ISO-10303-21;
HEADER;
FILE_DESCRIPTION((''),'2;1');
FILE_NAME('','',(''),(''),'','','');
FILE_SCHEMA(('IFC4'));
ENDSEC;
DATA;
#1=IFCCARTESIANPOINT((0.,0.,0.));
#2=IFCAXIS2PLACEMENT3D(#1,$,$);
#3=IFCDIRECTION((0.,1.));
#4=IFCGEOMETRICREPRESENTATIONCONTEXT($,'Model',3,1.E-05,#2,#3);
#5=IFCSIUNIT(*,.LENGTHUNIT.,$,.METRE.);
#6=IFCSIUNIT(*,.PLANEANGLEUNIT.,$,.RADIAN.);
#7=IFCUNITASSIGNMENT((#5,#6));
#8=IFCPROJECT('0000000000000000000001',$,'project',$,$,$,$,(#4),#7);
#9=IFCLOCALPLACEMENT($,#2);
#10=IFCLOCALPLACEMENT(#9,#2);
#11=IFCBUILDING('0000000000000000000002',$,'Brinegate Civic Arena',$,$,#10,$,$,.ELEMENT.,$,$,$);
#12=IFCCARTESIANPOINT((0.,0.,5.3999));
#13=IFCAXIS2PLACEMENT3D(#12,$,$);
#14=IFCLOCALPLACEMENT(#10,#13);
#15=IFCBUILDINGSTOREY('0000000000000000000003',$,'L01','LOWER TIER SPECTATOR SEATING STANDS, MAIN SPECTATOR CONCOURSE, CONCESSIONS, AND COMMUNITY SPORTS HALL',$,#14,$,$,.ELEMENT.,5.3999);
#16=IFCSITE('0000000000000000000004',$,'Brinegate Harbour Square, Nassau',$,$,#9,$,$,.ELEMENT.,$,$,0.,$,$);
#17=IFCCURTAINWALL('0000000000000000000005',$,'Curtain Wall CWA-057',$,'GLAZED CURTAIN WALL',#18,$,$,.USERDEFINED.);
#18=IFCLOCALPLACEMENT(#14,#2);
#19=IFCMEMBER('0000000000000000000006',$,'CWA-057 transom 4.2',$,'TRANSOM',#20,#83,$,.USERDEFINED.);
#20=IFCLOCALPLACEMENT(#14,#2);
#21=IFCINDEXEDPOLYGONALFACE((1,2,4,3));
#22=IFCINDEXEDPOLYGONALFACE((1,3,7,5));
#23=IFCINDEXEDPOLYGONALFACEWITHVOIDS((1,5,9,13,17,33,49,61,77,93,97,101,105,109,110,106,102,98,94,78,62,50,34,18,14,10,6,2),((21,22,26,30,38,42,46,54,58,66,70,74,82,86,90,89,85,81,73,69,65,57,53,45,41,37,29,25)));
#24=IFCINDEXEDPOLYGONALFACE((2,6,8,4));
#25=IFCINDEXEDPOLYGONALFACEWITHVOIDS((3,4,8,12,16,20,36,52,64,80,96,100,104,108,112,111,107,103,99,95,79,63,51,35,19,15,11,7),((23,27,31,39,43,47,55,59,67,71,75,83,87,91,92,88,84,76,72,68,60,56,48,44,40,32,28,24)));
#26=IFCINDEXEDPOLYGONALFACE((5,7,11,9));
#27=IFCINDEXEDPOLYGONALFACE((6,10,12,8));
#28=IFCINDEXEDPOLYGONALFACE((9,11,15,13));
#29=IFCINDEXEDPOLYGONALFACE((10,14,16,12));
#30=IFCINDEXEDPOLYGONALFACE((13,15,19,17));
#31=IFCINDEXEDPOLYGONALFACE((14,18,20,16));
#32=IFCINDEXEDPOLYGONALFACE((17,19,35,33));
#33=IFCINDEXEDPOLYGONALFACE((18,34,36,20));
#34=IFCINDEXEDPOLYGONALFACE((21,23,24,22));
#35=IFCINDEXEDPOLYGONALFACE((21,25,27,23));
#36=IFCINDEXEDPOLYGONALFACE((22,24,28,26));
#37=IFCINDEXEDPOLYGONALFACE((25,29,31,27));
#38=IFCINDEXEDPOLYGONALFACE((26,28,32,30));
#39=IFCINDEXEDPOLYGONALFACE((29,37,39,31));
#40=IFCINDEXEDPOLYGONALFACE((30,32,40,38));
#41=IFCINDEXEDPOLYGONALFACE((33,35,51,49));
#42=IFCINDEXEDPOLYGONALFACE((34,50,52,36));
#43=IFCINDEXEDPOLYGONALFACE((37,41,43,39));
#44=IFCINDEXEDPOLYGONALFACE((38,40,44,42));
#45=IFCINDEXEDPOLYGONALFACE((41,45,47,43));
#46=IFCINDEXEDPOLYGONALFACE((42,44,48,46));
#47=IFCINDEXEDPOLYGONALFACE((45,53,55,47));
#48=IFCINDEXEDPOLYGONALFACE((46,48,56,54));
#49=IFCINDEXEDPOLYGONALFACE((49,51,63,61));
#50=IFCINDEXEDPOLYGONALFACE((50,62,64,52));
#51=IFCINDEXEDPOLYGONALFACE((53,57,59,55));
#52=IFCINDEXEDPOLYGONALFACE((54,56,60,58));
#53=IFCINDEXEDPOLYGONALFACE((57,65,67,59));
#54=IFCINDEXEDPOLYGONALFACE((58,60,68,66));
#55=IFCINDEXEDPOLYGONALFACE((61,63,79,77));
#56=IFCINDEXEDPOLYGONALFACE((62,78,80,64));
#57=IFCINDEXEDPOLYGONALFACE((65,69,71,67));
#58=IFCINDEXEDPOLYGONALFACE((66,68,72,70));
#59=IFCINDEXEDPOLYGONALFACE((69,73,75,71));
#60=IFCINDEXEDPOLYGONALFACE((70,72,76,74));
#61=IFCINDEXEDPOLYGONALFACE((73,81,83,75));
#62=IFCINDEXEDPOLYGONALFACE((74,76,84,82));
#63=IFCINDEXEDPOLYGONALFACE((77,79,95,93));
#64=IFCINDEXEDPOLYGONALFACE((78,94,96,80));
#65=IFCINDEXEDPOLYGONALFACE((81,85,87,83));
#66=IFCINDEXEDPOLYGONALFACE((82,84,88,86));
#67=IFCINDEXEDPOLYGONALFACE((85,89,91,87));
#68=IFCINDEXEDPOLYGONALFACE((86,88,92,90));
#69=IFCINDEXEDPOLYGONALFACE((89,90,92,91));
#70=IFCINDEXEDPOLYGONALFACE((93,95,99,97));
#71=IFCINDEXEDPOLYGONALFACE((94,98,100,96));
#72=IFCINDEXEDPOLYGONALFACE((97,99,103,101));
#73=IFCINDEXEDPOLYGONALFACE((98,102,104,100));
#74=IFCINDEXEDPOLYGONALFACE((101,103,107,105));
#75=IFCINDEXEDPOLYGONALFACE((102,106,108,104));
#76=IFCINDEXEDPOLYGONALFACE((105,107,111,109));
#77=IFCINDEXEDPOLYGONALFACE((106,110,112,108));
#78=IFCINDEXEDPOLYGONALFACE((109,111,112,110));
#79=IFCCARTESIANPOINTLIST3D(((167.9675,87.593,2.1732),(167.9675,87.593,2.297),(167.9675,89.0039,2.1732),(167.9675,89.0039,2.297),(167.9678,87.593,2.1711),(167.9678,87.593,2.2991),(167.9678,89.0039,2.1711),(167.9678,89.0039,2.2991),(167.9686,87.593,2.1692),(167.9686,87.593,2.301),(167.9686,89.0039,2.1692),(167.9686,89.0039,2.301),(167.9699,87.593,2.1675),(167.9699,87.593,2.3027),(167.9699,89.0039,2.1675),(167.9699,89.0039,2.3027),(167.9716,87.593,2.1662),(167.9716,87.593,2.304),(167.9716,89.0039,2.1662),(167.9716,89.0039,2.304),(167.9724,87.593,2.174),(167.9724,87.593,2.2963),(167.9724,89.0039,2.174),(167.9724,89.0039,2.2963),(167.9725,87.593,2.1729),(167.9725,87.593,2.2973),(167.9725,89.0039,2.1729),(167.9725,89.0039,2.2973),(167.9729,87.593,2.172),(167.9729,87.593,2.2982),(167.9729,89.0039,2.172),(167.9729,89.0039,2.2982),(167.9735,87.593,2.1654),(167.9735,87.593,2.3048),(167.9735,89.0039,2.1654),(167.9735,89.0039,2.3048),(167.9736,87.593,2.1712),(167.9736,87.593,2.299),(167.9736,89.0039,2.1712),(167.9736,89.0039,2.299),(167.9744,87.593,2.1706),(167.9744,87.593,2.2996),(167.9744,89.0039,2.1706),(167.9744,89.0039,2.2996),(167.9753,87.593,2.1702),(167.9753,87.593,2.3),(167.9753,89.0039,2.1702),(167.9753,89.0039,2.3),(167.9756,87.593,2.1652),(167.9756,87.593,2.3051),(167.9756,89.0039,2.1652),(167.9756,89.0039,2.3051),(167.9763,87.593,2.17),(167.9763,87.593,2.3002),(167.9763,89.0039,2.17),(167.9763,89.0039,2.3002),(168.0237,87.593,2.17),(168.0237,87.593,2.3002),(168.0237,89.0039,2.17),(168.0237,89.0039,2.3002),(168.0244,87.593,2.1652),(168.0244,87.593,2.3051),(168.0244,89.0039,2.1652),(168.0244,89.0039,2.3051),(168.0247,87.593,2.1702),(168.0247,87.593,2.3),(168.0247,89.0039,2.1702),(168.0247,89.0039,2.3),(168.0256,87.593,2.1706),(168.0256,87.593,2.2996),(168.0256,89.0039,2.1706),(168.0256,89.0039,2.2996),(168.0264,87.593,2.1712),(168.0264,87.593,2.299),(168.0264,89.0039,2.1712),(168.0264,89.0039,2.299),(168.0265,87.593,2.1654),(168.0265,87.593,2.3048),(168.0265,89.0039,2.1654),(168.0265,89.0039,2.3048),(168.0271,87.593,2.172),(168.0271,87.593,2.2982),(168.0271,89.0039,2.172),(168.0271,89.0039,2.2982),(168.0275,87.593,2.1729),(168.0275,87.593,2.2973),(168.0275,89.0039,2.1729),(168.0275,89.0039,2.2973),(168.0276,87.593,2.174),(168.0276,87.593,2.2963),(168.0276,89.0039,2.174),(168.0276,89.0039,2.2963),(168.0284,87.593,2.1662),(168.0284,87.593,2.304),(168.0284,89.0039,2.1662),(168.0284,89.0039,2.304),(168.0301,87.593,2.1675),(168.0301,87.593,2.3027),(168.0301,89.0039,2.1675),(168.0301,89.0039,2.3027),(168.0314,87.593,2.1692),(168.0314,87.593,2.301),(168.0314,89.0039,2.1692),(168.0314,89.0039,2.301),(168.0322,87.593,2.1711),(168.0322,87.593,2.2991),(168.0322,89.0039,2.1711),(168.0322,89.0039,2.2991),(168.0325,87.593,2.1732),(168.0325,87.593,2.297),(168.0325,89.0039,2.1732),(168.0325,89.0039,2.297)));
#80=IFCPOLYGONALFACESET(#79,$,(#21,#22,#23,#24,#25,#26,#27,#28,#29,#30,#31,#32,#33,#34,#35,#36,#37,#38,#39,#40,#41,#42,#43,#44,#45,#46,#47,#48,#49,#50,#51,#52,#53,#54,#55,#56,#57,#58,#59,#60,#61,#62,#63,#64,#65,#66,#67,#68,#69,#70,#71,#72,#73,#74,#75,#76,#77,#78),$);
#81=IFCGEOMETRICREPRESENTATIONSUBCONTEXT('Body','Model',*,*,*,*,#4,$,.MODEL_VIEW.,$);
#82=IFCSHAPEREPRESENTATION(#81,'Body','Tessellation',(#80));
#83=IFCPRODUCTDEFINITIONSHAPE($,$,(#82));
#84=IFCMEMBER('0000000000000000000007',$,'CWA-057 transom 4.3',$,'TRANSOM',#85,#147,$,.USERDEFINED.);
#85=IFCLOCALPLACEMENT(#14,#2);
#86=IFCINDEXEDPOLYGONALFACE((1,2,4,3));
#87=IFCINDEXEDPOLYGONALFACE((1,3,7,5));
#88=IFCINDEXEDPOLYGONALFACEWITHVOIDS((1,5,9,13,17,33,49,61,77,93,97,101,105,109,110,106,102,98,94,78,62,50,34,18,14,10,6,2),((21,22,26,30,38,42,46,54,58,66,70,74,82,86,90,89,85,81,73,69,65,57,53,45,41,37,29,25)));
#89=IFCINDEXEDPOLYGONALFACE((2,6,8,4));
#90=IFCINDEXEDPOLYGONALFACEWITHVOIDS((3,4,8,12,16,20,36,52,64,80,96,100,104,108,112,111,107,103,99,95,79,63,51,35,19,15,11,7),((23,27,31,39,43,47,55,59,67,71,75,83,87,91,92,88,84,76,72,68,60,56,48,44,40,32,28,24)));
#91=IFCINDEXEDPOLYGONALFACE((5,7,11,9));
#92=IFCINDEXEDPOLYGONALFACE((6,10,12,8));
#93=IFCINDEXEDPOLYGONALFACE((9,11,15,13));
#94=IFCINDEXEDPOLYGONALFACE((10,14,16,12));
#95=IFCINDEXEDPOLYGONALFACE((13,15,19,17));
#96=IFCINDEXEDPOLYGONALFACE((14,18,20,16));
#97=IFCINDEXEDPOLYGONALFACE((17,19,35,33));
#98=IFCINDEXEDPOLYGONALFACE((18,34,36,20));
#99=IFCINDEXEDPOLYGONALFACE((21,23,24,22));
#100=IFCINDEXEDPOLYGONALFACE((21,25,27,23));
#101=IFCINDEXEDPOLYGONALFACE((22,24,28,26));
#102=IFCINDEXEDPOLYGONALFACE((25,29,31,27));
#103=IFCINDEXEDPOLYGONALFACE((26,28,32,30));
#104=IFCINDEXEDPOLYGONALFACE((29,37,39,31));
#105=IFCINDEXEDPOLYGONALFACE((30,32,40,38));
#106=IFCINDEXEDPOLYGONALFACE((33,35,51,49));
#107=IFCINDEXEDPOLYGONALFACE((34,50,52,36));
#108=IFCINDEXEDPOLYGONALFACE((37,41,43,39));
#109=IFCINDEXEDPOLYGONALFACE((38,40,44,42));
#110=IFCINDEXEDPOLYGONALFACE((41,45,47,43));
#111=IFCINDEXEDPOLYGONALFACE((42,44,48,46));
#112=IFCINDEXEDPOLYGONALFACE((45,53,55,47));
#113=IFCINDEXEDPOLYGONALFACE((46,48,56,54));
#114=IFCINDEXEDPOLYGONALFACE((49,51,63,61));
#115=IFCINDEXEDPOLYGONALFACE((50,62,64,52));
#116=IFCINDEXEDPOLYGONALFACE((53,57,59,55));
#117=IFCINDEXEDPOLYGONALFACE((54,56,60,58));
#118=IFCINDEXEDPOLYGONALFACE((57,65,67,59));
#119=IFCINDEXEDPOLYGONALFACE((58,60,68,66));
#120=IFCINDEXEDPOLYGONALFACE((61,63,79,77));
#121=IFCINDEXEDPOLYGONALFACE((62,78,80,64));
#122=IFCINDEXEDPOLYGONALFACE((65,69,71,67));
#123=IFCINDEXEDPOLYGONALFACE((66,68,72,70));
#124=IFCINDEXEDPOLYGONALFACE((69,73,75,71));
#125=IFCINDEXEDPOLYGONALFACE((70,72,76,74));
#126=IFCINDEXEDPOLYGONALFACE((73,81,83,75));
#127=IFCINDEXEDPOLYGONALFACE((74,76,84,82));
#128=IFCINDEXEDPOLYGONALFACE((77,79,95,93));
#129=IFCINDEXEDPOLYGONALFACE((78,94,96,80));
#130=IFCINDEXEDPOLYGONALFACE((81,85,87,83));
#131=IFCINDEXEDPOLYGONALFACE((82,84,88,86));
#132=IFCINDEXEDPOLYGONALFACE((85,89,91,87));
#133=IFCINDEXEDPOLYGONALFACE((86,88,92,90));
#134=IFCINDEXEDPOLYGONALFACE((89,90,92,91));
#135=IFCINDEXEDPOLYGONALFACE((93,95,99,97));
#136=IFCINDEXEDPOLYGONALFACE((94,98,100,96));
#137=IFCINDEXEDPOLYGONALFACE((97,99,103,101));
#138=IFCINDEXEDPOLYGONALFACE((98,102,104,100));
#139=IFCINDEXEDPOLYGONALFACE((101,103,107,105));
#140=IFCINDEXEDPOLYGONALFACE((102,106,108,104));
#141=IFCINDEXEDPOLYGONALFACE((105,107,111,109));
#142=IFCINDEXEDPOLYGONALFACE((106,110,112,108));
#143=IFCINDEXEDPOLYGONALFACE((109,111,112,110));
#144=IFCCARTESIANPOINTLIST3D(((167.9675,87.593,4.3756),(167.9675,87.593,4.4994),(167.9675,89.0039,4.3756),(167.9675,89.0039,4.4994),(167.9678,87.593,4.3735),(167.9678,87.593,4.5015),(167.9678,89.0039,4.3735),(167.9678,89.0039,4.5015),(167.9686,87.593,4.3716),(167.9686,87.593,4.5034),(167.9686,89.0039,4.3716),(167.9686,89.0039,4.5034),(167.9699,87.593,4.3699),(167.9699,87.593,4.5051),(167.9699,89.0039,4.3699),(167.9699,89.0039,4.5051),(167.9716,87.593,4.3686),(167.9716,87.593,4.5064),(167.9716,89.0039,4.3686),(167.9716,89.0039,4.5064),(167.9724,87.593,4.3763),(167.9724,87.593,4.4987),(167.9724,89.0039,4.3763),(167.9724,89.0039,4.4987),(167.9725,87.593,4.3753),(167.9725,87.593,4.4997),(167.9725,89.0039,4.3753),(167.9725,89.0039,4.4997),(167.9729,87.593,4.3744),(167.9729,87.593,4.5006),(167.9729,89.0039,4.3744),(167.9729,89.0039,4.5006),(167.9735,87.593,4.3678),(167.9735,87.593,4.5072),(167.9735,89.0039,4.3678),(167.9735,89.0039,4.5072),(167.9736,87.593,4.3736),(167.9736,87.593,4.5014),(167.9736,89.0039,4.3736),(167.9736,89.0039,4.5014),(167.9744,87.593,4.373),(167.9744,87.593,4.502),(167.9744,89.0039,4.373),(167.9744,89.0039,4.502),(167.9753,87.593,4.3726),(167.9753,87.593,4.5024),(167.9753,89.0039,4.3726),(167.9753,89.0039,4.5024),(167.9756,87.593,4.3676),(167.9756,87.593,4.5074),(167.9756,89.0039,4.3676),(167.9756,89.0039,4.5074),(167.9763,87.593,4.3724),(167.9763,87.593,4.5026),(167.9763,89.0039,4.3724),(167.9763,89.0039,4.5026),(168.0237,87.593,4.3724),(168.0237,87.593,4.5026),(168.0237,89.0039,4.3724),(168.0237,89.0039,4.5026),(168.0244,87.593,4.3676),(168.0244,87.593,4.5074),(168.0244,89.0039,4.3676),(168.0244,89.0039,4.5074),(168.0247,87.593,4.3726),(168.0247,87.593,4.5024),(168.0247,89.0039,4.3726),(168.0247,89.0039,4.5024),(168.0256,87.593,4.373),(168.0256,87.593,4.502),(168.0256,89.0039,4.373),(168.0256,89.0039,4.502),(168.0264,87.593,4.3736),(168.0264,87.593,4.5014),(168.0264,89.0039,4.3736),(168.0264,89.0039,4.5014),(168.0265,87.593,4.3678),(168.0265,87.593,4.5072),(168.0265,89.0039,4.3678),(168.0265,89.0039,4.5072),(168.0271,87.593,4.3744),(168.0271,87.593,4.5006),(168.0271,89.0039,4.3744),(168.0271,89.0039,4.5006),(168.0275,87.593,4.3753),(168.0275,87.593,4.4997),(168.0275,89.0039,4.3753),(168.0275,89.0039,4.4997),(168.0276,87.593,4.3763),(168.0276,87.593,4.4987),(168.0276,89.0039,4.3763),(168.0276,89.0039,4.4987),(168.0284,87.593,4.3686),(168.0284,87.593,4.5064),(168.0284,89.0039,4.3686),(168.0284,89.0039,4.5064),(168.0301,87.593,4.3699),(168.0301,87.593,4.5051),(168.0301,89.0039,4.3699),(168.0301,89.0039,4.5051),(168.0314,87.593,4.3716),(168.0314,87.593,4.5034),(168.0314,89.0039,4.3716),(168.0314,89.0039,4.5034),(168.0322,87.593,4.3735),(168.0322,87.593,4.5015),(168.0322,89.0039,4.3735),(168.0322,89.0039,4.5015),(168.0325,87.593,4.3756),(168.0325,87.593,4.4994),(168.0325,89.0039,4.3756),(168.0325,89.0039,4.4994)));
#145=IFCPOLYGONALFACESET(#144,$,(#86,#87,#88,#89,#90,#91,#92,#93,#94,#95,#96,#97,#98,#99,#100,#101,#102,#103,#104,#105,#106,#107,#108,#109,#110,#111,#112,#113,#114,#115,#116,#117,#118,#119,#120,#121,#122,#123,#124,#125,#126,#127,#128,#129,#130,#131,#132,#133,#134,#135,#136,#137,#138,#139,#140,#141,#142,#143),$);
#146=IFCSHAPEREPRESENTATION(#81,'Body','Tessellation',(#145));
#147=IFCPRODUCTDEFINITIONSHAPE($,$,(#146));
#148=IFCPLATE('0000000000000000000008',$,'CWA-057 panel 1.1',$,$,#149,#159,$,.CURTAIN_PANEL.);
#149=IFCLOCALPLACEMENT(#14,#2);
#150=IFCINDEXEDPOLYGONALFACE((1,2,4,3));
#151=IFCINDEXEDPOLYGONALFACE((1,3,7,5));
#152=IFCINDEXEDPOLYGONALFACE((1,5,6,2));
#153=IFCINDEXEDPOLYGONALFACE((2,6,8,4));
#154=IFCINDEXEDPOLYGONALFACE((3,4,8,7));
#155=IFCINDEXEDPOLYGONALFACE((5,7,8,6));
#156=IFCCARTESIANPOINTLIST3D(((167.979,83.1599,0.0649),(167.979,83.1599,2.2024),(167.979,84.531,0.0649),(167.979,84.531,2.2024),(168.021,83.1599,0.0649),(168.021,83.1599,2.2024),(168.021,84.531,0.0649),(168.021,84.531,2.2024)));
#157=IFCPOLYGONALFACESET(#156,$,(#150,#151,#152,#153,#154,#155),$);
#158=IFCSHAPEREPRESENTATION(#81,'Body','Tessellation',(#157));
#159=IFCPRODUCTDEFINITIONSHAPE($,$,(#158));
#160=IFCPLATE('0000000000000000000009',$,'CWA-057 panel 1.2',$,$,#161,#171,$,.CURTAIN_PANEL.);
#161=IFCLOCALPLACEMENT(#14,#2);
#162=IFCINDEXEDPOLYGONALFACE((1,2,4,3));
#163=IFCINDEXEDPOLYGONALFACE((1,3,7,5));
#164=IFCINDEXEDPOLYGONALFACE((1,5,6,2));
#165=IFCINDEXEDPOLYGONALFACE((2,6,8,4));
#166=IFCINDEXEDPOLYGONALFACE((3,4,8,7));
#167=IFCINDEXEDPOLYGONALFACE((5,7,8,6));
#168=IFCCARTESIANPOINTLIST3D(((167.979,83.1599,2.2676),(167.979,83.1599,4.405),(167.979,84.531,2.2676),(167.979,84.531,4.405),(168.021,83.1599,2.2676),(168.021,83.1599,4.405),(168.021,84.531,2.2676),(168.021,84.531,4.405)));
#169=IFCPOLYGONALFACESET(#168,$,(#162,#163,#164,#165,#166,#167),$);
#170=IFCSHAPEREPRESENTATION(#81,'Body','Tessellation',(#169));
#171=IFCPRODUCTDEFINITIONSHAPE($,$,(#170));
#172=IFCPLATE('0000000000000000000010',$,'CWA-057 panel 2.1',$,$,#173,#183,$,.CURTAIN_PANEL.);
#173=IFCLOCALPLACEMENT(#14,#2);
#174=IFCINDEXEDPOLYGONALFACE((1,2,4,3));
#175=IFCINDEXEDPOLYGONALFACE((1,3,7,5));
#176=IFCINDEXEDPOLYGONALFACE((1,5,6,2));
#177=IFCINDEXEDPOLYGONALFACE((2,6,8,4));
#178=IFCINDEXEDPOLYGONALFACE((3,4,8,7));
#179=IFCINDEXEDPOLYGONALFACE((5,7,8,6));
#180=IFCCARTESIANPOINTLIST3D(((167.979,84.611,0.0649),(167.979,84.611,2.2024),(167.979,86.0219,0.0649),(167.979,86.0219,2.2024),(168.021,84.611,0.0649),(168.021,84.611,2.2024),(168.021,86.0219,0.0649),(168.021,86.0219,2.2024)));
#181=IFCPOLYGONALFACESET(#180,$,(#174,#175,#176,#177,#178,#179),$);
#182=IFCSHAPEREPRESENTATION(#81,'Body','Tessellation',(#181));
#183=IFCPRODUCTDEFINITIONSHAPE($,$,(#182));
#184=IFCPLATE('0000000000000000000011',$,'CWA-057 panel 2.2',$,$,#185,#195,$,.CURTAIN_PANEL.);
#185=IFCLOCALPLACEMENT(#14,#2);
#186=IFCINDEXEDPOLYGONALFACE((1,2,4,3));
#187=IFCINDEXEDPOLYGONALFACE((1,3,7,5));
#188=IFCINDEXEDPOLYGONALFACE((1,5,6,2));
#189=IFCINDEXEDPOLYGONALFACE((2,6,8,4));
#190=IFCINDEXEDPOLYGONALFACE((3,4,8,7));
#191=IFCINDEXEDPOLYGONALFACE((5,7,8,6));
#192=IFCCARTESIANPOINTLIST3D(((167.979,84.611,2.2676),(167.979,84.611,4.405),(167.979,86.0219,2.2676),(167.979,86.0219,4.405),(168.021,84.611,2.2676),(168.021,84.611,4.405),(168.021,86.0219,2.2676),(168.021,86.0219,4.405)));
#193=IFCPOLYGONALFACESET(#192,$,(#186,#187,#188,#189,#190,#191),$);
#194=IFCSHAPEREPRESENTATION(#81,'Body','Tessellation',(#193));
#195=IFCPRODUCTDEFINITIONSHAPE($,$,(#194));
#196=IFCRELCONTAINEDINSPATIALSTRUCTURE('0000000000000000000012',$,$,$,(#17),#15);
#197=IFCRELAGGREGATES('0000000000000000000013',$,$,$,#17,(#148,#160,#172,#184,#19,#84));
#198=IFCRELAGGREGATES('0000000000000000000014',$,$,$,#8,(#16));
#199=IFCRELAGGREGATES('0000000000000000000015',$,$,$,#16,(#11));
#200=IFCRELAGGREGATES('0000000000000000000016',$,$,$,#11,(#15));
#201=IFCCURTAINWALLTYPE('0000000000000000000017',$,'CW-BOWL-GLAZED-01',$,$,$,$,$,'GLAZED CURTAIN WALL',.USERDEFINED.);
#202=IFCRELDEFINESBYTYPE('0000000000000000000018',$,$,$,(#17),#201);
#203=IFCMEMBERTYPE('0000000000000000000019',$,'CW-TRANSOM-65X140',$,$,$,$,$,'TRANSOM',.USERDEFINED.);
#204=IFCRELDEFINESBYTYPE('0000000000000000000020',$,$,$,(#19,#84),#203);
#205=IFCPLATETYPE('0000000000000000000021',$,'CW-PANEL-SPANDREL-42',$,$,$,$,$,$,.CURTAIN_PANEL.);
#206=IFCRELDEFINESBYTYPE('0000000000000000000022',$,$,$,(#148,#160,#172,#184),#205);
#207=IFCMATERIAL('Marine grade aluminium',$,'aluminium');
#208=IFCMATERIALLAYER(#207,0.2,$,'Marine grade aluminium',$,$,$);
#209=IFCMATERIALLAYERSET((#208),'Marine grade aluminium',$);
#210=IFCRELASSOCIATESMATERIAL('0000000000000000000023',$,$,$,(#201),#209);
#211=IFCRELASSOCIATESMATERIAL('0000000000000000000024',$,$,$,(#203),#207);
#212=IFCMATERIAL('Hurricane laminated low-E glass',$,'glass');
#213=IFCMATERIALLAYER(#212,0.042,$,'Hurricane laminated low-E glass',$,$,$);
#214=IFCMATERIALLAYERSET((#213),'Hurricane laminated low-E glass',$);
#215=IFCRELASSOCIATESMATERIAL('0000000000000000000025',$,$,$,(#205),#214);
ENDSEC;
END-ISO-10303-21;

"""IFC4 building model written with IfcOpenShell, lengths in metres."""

from ifc_helpers import new_model, si_unit, direction, frame, origin, origin_2d, place, context, subcontext, project, spatial, rectangle, hollow_rectangle, extrude, material, layer, layer_set, material_profile, profile_set, type_object, element, aggregate, save


model = new_model("IFC4")

# Units and contexts
model_context = context("Model", 3, precision=1e-05, world=origin(), true_north=direction((0.0, 1.0)))
body_context = subcontext(model_context, "Body", "Model", "MODEL_VIEW")
ifc_project = project(units=[si_unit("LENGTHUNIT", "METRE"), si_unit("PLANEANGLEUNIT", "RADIAN")], contexts=[model_context])

# Site, building, storey
site_placement = place(None, origin())
site = spatial("IfcSite", under=ifc_project, at=site_placement, Name="Brinegate Harbour Square, Nassau", CompositionType="ELEMENT", RefElevation=0.0)
building_placement = place(site_placement, origin())
building = spatial("IfcBuilding", under=site, at=building_placement, Name="Brinegate Civic Arena", CompositionType="ELEMENT")
storey_placement = place(building_placement, frame((0.0, 0.0, 5.3999)))
storey = spatial("IfcBuildingStorey", under=building, at=storey_placement, Name="L01", Description="LOWER TIER SPECTATOR SEATING STANDS, MAIN SPECTATOR CONCOURSE, CONCESSIONS, AND COMMUNITY SPORTS HALL", CompositionType="ELEMENT", Elevation=5.3999)

# Curtain wall, members, plates
ifc_material_1 = material(Name="Marine grade aluminium", Category="aluminium")
ifc_layer_1 = layer(ifc_material_1, 0.2, Name="Marine grade aluminium")
ifc_layer_set_1 = layer_set([ifc_layer_1], Name="Marine grade aluminium")
curtain_wall_type = type_object("IfcCurtainWallType", Name="CW-BOWL-GLAZED-01", ElementType="GLAZED CURTAIN WALL", PredefinedType="USERDEFINED", material=ifc_layer_set_1)
curtain_wall_placement = place(storey_placement, origin())
curtain_wall = element("IfcCurtainWall", 1, at=curtain_wall_placement, inside=storey, type_object=curtain_wall_type, Name="Curtain Wall CWA-057", ObjectType="GLAZED CURTAIN WALL", PredefinedType="USERDEFINED")
ifc_material_profile_1 = material_profile(ifc_material_1, hollow_rectangle(XDim=0.0649, YDim=0.1399, WallThickness=0.0049, InnerFilletRadius=0.0039, OuterFilletRadius=0.0081, at=origin_2d()), Name="TRN65X140")
ifc_profile_set_1 = profile_set([ifc_material_profile_1], Name="Marine grade aluminium")
member_type_1 = type_object("IfcMemberType", Name="CW-TRANSOM-65X140", ElementType="TRANSOM", PredefinedType="USERDEFINED", material=ifc_profile_set_1)
member_1_placement = place(storey_placement, frame((168.0, 87.593, 2.2351), z_axis=(0.0, 1.0, 0.0), x_axis=(-1.0, 0.0, 0.0)))
member_1 = element("IfcMember", 2, at=member_1_placement, type_object=member_type_1, Name="CWA-057 transom 4.2", ObjectType="TRANSOM", PredefinedType="USERDEFINED", context=body_context, shape_type="SweptSolid", body=[
    extrude(hollow_rectangle(XDim=0.0649, YDim=0.1399, WallThickness=0.0049, InnerFilletRadius=0.0039, OuterFilletRadius=0.0081, at=origin_2d()), origin(), (0.0, 0.0, 1.0), 1.4109),
])
member_2_placement = place(storey_placement, frame((168.0, 87.593, 4.4375), z_axis=(0.0, 1.0, 0.0), x_axis=(-1.0, 0.0, 0.0)))
member_2 = element("IfcMember", 3, at=member_2_placement, type_object=member_type_1, Name="CWA-057 transom 4.3", ObjectType="TRANSOM", PredefinedType="USERDEFINED", context=body_context, shape_type="SweptSolid", body=[
    extrude(hollow_rectangle(XDim=0.0649, YDim=0.1399, WallThickness=0.0049, InnerFilletRadius=0.0039, OuterFilletRadius=0.0081, at=origin_2d()), origin(), (0.0, 0.0, 1.0), 1.4109),
])
ifc_material_2 = material(Name="Hurricane laminated low-E glass", Category="glass")
ifc_layer_2 = layer(ifc_material_2, 0.042, Name="Hurricane laminated low-E glass")
ifc_layer_set_2 = layer_set([ifc_layer_2], Name="Hurricane laminated low-E glass")
plate_type = type_object("IfcPlateType", Name="CW-PANEL-SPANDREL-42", PredefinedType="CURTAIN_PANEL", material=ifc_layer_set_2)
plate_1_placement = place(storey_placement, frame((168.0, 83.8455, 0.0649), z_axis=(0.0, 0.0, 1.0), x_axis=(0.0, 1.0, 0.0)))
plate_1 = element("IfcPlate", 4, at=plate_1_placement, type_object=plate_type, Name="CWA-057 panel 1.1", PredefinedType="CURTAIN_PANEL", context=body_context, shape_type="SweptSolid", body=[
    extrude(rectangle(XDim=1.3711, YDim=0.042, at=origin_2d()), origin(), (0.0, 0.0, 1.0), 2.1375),
])
plate_2_placement = place(storey_placement, frame((168.0, 83.8455, 2.2676), z_axis=(0.0, 0.0, 1.0), x_axis=(0.0, 1.0, 0.0)))
plate_2 = element("IfcPlate", 5, at=plate_2_placement, type_object=plate_type, Name="CWA-057 panel 1.2", PredefinedType="CURTAIN_PANEL", context=body_context, shape_type="SweptSolid", body=[
    extrude(rectangle(XDim=1.3711, YDim=0.042, at=origin_2d()), origin(), (0.0, 0.0, 1.0), 2.1375),
])
plate_3_placement = place(storey_placement, frame((168.0, 85.3164, 0.0649), z_axis=(0.0, 0.0, 1.0), x_axis=(0.0, 1.0, 0.0)))
plate_3 = element("IfcPlate", 6, at=plate_3_placement, type_object=plate_type, Name="CWA-057 panel 2.1", PredefinedType="CURTAIN_PANEL", context=body_context, shape_type="SweptSolid", body=[
    extrude(rectangle(XDim=1.4109, YDim=0.042, at=origin_2d()), origin(), (0.0, 0.0, 1.0), 2.1375),
])
plate_4_placement = place(storey_placement, frame((168.0, 85.3164, 2.2676), z_axis=(0.0, 0.0, 1.0), x_axis=(0.0, 1.0, 0.0)))
plate_4 = element("IfcPlate", 7, at=plate_4_placement, type_object=plate_type, Name="CWA-057 panel 2.2", PredefinedType="CURTAIN_PANEL", context=body_context, shape_type="SweptSolid", body=[
    extrude(rectangle(XDim=1.4109, YDim=0.042, at=origin_2d()), origin(), (0.0, 0.0, 1.0), 2.1375),
])
aggregate(curtain_wall, [plate_1, plate_2, plate_3, plate_4, member_1, member_2])

save(model, "model.ifc")
